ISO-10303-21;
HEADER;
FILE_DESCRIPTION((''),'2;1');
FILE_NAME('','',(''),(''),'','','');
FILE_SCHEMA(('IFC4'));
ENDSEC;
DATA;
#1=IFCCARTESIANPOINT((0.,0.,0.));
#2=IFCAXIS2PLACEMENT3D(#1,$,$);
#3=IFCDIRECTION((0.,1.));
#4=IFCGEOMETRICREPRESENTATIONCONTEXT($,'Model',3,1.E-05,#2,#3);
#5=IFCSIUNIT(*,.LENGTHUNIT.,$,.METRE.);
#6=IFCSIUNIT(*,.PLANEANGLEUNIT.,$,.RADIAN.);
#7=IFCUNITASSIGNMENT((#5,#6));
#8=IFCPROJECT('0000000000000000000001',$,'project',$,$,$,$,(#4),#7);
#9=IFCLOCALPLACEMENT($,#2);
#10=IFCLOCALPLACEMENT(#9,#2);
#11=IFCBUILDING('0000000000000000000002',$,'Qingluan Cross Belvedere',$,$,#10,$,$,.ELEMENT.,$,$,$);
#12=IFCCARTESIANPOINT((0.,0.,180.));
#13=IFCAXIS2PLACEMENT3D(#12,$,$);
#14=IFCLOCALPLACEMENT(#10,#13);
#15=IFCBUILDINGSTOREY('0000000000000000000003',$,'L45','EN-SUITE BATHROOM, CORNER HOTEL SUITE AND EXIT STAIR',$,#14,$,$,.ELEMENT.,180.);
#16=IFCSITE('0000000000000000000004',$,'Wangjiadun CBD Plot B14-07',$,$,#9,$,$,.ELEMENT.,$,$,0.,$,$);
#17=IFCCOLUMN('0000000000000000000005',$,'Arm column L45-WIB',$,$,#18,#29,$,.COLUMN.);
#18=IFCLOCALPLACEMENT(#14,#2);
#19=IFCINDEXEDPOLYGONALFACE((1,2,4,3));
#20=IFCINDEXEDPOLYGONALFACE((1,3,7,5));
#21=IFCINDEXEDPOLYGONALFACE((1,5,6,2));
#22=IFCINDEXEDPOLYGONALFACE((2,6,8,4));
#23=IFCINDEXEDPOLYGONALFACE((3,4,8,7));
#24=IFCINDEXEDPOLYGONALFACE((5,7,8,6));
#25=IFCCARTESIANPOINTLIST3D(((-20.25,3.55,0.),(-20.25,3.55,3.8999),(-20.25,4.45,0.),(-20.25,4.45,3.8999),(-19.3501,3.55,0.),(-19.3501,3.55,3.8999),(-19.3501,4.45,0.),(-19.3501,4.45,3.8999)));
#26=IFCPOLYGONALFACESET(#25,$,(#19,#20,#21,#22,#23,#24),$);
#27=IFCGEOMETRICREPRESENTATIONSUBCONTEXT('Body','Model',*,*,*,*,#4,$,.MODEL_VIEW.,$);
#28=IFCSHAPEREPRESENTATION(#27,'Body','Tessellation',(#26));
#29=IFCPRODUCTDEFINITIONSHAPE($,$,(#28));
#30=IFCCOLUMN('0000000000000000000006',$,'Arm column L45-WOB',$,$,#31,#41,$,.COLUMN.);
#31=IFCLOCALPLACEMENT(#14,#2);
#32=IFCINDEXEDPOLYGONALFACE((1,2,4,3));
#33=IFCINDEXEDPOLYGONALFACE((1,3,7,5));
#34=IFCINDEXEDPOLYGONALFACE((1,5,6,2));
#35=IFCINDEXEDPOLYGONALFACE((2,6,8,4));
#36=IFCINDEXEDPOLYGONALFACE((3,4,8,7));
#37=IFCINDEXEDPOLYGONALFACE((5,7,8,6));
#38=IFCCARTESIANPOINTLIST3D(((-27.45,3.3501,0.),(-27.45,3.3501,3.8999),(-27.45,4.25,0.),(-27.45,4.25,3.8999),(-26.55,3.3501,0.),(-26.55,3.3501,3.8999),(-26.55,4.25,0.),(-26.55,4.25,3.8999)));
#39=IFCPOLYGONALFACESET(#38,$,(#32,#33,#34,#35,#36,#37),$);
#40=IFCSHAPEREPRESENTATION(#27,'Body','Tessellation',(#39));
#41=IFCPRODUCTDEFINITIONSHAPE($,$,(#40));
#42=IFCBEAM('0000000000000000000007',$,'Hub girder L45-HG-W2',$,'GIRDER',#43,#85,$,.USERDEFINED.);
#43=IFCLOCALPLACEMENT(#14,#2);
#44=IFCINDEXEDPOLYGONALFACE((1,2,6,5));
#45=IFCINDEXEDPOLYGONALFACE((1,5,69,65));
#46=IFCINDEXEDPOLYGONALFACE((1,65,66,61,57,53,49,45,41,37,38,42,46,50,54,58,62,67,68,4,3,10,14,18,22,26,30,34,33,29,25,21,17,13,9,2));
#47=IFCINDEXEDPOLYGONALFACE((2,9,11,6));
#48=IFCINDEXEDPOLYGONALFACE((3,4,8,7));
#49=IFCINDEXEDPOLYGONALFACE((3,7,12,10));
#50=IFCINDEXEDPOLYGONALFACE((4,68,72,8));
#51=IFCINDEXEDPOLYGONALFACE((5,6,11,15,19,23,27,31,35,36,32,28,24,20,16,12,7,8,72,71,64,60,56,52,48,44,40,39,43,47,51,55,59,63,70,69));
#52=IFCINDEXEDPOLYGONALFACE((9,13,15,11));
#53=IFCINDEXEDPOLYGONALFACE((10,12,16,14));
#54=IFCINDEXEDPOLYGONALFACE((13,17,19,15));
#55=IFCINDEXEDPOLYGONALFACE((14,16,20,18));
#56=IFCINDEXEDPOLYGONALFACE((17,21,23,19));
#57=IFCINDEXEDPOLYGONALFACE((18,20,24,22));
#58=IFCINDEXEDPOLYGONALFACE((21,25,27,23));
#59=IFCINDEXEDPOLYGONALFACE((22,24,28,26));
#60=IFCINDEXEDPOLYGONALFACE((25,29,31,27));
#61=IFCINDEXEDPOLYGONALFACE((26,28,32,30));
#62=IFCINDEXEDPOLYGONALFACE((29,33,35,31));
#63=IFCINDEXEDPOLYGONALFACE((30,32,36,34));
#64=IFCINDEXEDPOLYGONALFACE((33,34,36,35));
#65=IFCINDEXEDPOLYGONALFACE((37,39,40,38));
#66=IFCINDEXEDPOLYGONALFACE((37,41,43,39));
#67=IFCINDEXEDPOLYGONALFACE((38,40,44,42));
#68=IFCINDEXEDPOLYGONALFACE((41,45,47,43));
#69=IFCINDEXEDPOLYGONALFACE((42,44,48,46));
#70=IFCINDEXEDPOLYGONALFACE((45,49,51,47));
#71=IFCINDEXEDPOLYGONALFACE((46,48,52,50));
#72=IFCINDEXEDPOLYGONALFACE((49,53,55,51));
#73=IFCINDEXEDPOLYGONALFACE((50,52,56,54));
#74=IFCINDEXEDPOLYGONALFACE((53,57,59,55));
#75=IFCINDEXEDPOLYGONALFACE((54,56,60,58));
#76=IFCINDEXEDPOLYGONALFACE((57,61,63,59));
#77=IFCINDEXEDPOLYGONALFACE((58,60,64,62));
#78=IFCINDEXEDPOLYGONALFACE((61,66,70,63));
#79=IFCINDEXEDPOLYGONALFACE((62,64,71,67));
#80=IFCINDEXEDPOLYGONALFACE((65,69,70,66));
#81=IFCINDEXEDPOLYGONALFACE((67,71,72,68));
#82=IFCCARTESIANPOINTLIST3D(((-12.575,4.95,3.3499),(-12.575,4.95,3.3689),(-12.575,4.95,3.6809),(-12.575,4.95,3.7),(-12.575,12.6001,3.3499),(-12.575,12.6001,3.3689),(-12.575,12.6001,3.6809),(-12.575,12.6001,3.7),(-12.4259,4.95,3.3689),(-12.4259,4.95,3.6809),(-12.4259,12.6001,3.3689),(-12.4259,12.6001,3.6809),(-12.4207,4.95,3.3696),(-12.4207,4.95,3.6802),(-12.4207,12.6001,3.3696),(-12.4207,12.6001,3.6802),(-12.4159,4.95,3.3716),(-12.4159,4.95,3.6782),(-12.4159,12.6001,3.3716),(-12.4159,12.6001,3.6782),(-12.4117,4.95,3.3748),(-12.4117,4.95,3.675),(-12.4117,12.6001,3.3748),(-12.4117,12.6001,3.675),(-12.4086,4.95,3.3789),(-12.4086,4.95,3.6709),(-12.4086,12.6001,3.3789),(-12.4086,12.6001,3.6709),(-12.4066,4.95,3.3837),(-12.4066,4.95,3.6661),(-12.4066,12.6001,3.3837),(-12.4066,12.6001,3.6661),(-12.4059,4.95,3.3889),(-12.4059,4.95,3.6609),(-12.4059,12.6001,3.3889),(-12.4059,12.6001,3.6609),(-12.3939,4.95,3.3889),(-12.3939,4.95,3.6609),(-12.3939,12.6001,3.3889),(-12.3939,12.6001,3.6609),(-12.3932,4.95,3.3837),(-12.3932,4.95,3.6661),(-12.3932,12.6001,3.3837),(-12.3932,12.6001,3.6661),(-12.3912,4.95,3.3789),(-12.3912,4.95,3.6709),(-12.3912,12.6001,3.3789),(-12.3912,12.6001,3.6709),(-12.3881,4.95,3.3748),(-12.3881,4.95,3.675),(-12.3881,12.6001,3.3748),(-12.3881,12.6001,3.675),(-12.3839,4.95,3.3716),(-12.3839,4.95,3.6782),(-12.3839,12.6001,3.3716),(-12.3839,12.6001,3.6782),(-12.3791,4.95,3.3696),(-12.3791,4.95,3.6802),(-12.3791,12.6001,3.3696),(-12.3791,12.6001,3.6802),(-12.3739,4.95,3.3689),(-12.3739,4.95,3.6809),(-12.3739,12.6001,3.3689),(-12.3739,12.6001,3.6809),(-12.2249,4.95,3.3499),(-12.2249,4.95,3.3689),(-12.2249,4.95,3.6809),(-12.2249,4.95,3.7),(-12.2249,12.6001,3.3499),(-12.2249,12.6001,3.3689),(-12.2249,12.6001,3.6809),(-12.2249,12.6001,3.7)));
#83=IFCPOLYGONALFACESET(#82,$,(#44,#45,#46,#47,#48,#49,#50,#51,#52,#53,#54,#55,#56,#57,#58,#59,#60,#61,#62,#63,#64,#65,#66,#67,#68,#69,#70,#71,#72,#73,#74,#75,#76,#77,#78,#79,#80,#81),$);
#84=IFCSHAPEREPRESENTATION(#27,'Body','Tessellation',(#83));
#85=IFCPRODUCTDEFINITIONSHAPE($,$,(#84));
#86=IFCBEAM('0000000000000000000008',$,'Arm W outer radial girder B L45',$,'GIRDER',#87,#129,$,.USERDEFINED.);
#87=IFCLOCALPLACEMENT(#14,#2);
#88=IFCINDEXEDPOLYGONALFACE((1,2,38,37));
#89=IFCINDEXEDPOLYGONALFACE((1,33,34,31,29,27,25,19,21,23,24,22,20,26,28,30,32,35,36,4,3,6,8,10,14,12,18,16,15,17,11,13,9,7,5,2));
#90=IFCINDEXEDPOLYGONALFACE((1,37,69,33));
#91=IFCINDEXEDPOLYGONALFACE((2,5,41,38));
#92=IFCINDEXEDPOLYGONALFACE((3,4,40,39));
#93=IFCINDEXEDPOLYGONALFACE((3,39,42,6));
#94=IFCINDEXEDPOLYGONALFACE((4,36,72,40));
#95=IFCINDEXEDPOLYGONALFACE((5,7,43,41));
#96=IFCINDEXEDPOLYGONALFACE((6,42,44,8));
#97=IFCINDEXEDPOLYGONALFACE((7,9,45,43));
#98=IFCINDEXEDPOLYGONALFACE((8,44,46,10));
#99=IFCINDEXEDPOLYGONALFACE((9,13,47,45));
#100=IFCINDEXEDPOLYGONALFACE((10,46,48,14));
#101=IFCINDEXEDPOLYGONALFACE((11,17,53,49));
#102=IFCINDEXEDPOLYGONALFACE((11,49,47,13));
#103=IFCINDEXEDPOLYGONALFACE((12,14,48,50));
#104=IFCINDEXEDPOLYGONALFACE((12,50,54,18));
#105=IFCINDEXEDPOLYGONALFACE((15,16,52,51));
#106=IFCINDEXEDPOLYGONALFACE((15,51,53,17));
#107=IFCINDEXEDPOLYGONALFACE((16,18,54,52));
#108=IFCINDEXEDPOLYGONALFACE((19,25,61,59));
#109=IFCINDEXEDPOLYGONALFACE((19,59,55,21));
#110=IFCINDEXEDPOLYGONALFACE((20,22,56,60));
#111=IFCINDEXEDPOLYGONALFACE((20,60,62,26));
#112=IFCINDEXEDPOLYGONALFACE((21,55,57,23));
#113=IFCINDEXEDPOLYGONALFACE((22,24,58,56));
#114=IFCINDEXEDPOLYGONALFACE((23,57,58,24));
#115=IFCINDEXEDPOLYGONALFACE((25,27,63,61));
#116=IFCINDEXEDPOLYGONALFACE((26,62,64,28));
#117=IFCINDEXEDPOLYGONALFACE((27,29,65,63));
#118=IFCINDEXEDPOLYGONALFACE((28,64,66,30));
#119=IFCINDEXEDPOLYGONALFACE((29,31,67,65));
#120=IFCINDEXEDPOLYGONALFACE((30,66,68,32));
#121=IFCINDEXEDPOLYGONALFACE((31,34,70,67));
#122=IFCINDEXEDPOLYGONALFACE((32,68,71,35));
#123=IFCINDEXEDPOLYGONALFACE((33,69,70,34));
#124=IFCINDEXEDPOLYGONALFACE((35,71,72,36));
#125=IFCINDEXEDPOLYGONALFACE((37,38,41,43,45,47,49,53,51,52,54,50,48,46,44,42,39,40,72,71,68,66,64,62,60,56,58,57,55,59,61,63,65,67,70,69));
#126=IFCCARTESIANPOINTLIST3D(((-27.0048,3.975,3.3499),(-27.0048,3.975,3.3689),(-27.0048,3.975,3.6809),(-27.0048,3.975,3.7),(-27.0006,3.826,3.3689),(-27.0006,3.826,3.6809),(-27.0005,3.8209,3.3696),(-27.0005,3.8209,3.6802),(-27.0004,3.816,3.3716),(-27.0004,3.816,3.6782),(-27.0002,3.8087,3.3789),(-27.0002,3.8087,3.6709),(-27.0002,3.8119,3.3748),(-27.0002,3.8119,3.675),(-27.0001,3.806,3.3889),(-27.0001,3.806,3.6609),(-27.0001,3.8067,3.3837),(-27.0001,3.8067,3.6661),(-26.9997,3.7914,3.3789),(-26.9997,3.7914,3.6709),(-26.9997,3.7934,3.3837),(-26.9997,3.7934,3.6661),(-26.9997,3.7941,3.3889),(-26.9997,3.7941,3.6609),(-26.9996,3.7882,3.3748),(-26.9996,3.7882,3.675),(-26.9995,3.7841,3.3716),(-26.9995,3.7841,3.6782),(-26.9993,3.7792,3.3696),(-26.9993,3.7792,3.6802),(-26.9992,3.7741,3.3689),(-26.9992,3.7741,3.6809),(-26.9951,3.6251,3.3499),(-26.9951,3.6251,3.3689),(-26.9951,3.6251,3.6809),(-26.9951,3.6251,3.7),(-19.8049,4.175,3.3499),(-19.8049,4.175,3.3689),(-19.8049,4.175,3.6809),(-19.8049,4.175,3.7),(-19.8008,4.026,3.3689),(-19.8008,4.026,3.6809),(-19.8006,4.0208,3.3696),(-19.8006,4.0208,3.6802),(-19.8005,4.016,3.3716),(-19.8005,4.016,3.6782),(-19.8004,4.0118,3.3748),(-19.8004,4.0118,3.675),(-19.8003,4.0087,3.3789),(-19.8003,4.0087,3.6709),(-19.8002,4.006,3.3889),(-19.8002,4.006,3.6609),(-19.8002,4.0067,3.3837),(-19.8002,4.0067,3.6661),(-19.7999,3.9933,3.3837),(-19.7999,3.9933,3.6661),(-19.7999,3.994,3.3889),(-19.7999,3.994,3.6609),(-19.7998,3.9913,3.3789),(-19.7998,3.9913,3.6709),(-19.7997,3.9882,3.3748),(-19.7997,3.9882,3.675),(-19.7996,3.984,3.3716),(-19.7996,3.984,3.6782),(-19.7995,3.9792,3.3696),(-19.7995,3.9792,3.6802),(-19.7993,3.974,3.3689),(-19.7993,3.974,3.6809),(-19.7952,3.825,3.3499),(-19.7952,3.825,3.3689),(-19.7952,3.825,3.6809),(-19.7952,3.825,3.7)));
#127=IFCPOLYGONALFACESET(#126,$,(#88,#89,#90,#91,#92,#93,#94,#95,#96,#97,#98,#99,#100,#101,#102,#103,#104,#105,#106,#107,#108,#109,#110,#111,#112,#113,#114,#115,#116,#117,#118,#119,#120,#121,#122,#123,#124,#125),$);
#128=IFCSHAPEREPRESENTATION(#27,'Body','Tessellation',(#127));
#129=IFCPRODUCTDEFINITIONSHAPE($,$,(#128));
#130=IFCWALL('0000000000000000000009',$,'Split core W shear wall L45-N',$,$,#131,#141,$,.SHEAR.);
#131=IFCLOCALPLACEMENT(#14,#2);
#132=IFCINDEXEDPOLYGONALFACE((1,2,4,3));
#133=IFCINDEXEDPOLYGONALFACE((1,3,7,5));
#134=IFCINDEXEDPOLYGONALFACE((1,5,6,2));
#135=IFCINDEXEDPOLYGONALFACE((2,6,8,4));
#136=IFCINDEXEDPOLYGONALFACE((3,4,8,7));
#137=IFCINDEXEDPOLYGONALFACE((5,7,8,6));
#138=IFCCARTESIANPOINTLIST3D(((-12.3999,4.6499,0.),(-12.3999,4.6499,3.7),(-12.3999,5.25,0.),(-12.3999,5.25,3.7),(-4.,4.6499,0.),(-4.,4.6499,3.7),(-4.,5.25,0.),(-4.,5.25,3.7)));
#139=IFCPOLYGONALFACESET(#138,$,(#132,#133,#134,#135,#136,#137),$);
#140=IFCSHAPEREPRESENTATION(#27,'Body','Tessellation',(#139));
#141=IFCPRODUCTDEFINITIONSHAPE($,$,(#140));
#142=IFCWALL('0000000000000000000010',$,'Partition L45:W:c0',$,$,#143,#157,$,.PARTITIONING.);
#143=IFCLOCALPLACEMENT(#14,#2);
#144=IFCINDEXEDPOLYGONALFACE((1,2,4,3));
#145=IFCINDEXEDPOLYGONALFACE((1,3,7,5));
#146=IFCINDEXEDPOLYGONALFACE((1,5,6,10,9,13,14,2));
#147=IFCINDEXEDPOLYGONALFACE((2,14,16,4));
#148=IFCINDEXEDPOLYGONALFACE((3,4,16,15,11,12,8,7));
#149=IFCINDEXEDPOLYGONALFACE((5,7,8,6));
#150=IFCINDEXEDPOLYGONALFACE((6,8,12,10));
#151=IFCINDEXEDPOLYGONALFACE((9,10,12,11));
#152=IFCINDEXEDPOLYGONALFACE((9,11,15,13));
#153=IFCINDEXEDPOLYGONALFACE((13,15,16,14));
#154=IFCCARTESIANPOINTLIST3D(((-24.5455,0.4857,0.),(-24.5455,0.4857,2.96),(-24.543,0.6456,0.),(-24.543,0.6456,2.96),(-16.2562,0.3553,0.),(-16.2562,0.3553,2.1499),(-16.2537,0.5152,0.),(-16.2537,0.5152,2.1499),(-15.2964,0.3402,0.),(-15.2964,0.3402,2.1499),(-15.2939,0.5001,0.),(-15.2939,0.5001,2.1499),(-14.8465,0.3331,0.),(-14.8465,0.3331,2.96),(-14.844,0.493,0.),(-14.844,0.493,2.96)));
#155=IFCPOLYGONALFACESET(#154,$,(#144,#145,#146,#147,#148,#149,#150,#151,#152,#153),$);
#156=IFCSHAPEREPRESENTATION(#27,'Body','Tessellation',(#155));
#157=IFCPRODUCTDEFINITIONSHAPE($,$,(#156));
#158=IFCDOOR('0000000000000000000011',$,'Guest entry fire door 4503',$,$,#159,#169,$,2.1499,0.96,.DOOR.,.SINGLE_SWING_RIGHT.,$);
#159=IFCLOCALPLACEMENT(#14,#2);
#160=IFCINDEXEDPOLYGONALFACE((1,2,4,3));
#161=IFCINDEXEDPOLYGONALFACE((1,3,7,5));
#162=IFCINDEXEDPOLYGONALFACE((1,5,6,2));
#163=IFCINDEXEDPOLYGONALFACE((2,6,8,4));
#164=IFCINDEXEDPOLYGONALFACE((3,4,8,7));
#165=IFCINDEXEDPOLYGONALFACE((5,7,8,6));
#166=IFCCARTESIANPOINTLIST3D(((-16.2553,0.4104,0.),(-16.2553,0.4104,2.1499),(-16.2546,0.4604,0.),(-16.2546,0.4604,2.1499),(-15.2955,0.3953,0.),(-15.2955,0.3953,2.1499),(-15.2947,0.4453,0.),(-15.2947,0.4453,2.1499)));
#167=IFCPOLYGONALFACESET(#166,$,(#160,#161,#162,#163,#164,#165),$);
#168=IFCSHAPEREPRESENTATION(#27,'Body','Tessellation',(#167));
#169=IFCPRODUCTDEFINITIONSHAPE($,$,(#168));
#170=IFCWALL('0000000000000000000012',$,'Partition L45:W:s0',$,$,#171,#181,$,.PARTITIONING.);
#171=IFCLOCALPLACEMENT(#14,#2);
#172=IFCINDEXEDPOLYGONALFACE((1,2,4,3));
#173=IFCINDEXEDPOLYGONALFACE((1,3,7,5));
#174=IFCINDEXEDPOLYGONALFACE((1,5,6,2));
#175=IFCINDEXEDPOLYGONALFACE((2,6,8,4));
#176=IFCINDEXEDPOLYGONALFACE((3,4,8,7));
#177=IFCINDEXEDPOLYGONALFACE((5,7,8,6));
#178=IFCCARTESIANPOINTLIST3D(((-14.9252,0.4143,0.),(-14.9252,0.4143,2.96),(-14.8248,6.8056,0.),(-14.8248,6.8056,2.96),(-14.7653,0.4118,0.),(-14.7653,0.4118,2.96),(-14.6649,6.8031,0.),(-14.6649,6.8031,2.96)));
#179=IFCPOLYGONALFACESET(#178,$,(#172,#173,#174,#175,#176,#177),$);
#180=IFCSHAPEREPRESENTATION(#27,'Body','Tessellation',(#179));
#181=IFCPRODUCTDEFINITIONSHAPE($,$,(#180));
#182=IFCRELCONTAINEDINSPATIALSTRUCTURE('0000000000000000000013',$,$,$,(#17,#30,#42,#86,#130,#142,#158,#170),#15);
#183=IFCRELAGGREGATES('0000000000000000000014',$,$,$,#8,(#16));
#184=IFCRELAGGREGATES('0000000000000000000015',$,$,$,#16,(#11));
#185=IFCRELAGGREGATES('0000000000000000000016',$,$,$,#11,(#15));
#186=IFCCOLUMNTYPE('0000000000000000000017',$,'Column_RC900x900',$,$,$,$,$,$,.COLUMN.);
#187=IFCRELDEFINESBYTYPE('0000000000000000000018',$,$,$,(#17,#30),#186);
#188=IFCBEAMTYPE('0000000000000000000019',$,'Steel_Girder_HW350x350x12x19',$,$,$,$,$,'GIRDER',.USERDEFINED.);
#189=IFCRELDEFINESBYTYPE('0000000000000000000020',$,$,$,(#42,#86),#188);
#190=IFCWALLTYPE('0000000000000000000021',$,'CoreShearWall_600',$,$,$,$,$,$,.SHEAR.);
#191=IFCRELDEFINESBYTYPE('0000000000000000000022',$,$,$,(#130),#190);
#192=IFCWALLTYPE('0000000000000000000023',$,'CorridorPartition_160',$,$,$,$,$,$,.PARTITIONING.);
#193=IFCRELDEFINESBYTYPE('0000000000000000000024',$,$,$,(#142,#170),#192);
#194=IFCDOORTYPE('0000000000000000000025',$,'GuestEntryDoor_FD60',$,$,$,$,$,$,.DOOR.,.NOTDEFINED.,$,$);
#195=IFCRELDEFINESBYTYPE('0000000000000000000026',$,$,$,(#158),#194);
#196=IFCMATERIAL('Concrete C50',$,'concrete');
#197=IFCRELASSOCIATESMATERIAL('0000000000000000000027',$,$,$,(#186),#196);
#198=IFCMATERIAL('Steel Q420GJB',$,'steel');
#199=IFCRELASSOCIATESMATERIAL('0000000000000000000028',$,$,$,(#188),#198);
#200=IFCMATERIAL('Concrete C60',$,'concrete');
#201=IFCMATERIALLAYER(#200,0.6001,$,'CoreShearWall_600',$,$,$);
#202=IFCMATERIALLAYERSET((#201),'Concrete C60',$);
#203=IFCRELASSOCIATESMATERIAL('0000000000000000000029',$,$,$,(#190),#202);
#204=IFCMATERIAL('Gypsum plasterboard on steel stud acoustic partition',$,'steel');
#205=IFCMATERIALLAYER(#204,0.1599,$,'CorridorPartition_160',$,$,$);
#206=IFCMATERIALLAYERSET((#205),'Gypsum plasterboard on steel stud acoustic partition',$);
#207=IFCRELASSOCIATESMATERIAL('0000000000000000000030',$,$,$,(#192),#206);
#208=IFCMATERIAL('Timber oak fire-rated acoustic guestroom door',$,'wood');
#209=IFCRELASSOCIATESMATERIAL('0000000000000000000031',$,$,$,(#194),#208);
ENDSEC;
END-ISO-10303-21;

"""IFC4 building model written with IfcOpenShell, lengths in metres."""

from ifc_helpers import new_model, si_unit, direction, frame, frame_2d, origin, origin_2d, place, context, subcontext, project, spatial, rectangle, i_section, extrude, material, layer, layer_set, material_profile, profile_set, type_object, element, fill, save


model = new_model("IFC4")

# Units and contexts
model_context = context("Model", 3, precision=1e-05, world=origin(), true_north=direction((0.0, 1.0)))
body_context = subcontext(model_context, "Body", "Model", "MODEL_VIEW")
ifc_project = project(units=[si_unit("LENGTHUNIT", "METRE"), si_unit("PLANEANGLEUNIT", "RADIAN")], contexts=[model_context])

# Site, building, storey
site_placement = place(None, origin())
site = spatial("IfcSite", under=ifc_project, at=site_placement, Name="Wangjiadun CBD Plot B14-07", CompositionType="ELEMENT", RefElevation=0.0)
building_placement = place(site_placement, origin())
building = spatial("IfcBuilding", under=site, at=building_placement, Name="Qingluan Cross Belvedere", CompositionType="ELEMENT")
storey_placement = place(building_placement, frame((0.0, 0.0, 180.0)))
storey = spatial("IfcBuildingStorey", under=building, at=storey_placement, Name="L45", Description="EN-SUITE BATHROOM, CORNER HOTEL SUITE AND EXIT STAIR", CompositionType="ELEMENT", Elevation=180.0)

# Columns
ifc_material_1 = material(Name="Concrete C50", Category="concrete")
ifc_material_profile_1 = material_profile(ifc_material_1, rectangle(XDim=0.8999, YDim=0.8999, at=origin_2d()), Name="RC900x900")
ifc_profile_set_1 = profile_set([ifc_material_profile_1], Name="Concrete C50")
column_type = type_object("IfcColumnType", Name="Column_RC900x900", PredefinedType="COLUMN", material=ifc_profile_set_1)
for number, where, z_axis, x_axis, name in (
    (1, (-19.8, 4.0, 0.0), (0.0, 0.0, 1.0), (1.0, 0.0, 0.0), "Arm column L45-WIB"),
    (2, (-27.0, 3.8, 0.0), (0.0, 0.0, 1.0), (1.0, 0.0, 0.0), "Arm column L45-WOB"),
):
    element("IfcColumn", number, at=place(storey_placement, frame(where, z_axis=z_axis, x_axis=x_axis)), inside=storey, type_object=column_type, Name=name, PredefinedType="COLUMN", context=body_context, shape_type="SweptSolid", body=[
        extrude(rectangle(XDim=0.8999, YDim=0.8999, at=origin_2d()), origin(), (0.0, 0.0, 1.0), 3.8999),
    ])

# Beams
ifc_material_2 = material(Name="Steel Q420GJB", Category="steel")
ifc_material_profile_2 = material_profile(ifc_material_2, i_section(OverallWidth=0.3501, OverallDepth=0.3501, WebThickness=0.012, FlangeThickness=0.019, FilletRadius=0.02, at=origin_2d()), Name="HW350x350x12x19")
ifc_profile_set_2 = profile_set([ifc_material_profile_2], Name="Steel Q420GJB")
beam_type = type_object("IfcBeamType", Name="Steel_Girder_HW350x350x12x19", ElementType="GIRDER", PredefinedType="USERDEFINED", material=ifc_profile_set_2)
beam_1_placement = place(storey_placement, frame((-12.3999, 4.95, 3.5249), z_axis=(0.0, 1.0, 0.0), x_axis=(-1.0, 0.0, 0.0)))
element("IfcBeam", 3, at=beam_1_placement, inside=storey, type_object=beam_type, Name="Hub girder L45-HG-W2", ObjectType="GIRDER", PredefinedType="USERDEFINED", context=body_context, shape_type="SweptSolid", body=[
    extrude(i_section(OverallWidth=0.3501, OverallDepth=0.3501, WebThickness=0.012, FlangeThickness=0.019, FilletRadius=0.02, at=origin_2d()), origin(), (0.0, 0.0, 1.0), 7.6501),
])
beam_2_placement = place(storey_placement, frame((-19.8, 4.0, 3.5249), z_axis=(-0.999615, -0.02776, 0.0), x_axis=(0.02776, -0.999615, 0.0)))
element("IfcBeam", 4, at=beam_2_placement, inside=storey, type_object=beam_type, Name="Arm W outer radial girder B L45", ObjectType="GIRDER", PredefinedType="USERDEFINED", context=body_context, shape_type="SweptSolid", body=[
    extrude(i_section(OverallWidth=0.3501, OverallDepth=0.3501, WebThickness=0.012, FlangeThickness=0.019, FilletRadius=0.02, at=origin_2d()), origin(), (0.0, 0.0, 1.0), 7.2026),
])

# Wall
ifc_material_3 = material(Name="Concrete C60", Category="concrete")
ifc_layer_1 = layer(ifc_material_3, 0.6001, Name="CoreShearWall_600")
ifc_layer_set_1 = layer_set([ifc_layer_1], Name="Concrete C60")
wall_type_1 = type_object("IfcWallType", Name="CoreShearWall_600", PredefinedType="SHEAR", material=ifc_layer_set_1)
wall_1_placement = place(storey_placement, frame((-12.3999, 4.95, 0.0), z_axis=(0.0, 0.0, 1.0), x_axis=(1.0, 0.0, 0.0)))
element("IfcWall", 5, at=wall_1_placement, inside=storey, type_object=wall_type_1, Name="Split core W shear wall L45-N", PredefinedType="SHEAR", context=body_context, shape_type="SweptSolid", body=[
    extrude(rectangle(XDim=8.3999, YDim=0.6001, at=frame_2d((4.2, 0.0))), origin(), (0.0, 0.0, 1.0), 3.7),
])

# Wall, opening, door
ifc_material_4 = material(Name="Gypsum plasterboard on steel stud acoustic partition", Category="steel")
ifc_layer_2 = layer(ifc_material_4, 0.1599, Name="CorridorPartition_160")
ifc_layer_set_2 = layer_set([ifc_layer_2], Name="Gypsum plasterboard on steel stud acoustic partition")
wall_type_2 = type_object("IfcWallType", Name="CorridorPartition_160", PredefinedType="PARTITIONING", material=ifc_layer_set_2)
wall_2_placement = place(storey_placement, frame((-14.8452, 0.4131, 0.0), z_axis=(0.0, 0.0, 1.0), x_axis=(-0.999876, 0.01573, 0.0)))
wall_2 = element("IfcWall", 6, at=wall_2_placement, inside=storey, type_object=wall_type_2, Name="Partition L45:W:c0", PredefinedType="PARTITIONING", context=body_context, shape_type="SweptSolid", body=[
    extrude(rectangle(XDim=9.7002, YDim=0.1599, at=frame_2d((4.8501, 0.0))), origin(), (0.0, 0.0, 1.0), 2.96),
])
opening_1_placement = place(wall_2_placement, frame((0.45, 0.0, 0.0)))
opening_1 = element("IfcOpeningElement", 7, at=opening_1_placement, cuts=wall_2, PredefinedType="OPENING", context=body_context, shape_type="SweptSolid", body=[
    extrude(rectangle(XDim=0.96, YDim=2.1499, at=frame_2d((0.48, 1.075))), frame((0.0, 0.0898, 0.0), z_axis=(0.0, -1.0, 0.0), x_axis=(1.0, 0.0, 0.0)), (0.0, 0.0, 1.0), 0.1799),
])
ifc_material_5 = material(Name="Timber oak fire-rated acoustic guestroom door", Category="wood")
door_type_1 = type_object("IfcDoorType", Name="GuestEntryDoor_FD60", OperationType="NOTDEFINED", PredefinedType="DOOR", material=ifc_material_5)
door_1_placement = place(opening_1_placement, origin())
door_1 = element("IfcDoor", 8, at=door_1_placement, inside=storey, type_object=door_type_1, Name="Guest entry fire door 4503", OperationType="SINGLE_SWING_RIGHT", OverallHeight=2.1499, OverallWidth=0.96, PredefinedType="DOOR", context=body_context, shape_type="SweptSolid", body=[
    extrude(rectangle(XDim=0.96, YDim=2.1499, at=frame_2d((0.48, 1.075))), frame((0.0, 0.0249, 0.0), z_axis=(0.0, -1.0, 0.0), x_axis=(1.0, 0.0, 0.0)), (0.0, 0.0, 1.0), 0.05),
])
fill(opening_1, door_1)

# Wall
wall_3_placement = place(storey_placement, frame((-14.8452, 0.4131, 0.0), z_axis=(0.0, 0.0, 1.0), x_axis=(0.015698, 0.999877, 0.0)))
element("IfcWall", 9, at=wall_3_placement, inside=storey, type_object=wall_type_2, Name="Partition L45:W:s0", PredefinedType="PARTITIONING", context=body_context, shape_type="SweptSolid", body=[
    extrude(rectangle(XDim=6.3921, YDim=0.1599, at=frame_2d((3.196, 0.0))), origin(), (0.0, 0.0, 1.0), 2.96),
])

save(model, "model.ifc")
